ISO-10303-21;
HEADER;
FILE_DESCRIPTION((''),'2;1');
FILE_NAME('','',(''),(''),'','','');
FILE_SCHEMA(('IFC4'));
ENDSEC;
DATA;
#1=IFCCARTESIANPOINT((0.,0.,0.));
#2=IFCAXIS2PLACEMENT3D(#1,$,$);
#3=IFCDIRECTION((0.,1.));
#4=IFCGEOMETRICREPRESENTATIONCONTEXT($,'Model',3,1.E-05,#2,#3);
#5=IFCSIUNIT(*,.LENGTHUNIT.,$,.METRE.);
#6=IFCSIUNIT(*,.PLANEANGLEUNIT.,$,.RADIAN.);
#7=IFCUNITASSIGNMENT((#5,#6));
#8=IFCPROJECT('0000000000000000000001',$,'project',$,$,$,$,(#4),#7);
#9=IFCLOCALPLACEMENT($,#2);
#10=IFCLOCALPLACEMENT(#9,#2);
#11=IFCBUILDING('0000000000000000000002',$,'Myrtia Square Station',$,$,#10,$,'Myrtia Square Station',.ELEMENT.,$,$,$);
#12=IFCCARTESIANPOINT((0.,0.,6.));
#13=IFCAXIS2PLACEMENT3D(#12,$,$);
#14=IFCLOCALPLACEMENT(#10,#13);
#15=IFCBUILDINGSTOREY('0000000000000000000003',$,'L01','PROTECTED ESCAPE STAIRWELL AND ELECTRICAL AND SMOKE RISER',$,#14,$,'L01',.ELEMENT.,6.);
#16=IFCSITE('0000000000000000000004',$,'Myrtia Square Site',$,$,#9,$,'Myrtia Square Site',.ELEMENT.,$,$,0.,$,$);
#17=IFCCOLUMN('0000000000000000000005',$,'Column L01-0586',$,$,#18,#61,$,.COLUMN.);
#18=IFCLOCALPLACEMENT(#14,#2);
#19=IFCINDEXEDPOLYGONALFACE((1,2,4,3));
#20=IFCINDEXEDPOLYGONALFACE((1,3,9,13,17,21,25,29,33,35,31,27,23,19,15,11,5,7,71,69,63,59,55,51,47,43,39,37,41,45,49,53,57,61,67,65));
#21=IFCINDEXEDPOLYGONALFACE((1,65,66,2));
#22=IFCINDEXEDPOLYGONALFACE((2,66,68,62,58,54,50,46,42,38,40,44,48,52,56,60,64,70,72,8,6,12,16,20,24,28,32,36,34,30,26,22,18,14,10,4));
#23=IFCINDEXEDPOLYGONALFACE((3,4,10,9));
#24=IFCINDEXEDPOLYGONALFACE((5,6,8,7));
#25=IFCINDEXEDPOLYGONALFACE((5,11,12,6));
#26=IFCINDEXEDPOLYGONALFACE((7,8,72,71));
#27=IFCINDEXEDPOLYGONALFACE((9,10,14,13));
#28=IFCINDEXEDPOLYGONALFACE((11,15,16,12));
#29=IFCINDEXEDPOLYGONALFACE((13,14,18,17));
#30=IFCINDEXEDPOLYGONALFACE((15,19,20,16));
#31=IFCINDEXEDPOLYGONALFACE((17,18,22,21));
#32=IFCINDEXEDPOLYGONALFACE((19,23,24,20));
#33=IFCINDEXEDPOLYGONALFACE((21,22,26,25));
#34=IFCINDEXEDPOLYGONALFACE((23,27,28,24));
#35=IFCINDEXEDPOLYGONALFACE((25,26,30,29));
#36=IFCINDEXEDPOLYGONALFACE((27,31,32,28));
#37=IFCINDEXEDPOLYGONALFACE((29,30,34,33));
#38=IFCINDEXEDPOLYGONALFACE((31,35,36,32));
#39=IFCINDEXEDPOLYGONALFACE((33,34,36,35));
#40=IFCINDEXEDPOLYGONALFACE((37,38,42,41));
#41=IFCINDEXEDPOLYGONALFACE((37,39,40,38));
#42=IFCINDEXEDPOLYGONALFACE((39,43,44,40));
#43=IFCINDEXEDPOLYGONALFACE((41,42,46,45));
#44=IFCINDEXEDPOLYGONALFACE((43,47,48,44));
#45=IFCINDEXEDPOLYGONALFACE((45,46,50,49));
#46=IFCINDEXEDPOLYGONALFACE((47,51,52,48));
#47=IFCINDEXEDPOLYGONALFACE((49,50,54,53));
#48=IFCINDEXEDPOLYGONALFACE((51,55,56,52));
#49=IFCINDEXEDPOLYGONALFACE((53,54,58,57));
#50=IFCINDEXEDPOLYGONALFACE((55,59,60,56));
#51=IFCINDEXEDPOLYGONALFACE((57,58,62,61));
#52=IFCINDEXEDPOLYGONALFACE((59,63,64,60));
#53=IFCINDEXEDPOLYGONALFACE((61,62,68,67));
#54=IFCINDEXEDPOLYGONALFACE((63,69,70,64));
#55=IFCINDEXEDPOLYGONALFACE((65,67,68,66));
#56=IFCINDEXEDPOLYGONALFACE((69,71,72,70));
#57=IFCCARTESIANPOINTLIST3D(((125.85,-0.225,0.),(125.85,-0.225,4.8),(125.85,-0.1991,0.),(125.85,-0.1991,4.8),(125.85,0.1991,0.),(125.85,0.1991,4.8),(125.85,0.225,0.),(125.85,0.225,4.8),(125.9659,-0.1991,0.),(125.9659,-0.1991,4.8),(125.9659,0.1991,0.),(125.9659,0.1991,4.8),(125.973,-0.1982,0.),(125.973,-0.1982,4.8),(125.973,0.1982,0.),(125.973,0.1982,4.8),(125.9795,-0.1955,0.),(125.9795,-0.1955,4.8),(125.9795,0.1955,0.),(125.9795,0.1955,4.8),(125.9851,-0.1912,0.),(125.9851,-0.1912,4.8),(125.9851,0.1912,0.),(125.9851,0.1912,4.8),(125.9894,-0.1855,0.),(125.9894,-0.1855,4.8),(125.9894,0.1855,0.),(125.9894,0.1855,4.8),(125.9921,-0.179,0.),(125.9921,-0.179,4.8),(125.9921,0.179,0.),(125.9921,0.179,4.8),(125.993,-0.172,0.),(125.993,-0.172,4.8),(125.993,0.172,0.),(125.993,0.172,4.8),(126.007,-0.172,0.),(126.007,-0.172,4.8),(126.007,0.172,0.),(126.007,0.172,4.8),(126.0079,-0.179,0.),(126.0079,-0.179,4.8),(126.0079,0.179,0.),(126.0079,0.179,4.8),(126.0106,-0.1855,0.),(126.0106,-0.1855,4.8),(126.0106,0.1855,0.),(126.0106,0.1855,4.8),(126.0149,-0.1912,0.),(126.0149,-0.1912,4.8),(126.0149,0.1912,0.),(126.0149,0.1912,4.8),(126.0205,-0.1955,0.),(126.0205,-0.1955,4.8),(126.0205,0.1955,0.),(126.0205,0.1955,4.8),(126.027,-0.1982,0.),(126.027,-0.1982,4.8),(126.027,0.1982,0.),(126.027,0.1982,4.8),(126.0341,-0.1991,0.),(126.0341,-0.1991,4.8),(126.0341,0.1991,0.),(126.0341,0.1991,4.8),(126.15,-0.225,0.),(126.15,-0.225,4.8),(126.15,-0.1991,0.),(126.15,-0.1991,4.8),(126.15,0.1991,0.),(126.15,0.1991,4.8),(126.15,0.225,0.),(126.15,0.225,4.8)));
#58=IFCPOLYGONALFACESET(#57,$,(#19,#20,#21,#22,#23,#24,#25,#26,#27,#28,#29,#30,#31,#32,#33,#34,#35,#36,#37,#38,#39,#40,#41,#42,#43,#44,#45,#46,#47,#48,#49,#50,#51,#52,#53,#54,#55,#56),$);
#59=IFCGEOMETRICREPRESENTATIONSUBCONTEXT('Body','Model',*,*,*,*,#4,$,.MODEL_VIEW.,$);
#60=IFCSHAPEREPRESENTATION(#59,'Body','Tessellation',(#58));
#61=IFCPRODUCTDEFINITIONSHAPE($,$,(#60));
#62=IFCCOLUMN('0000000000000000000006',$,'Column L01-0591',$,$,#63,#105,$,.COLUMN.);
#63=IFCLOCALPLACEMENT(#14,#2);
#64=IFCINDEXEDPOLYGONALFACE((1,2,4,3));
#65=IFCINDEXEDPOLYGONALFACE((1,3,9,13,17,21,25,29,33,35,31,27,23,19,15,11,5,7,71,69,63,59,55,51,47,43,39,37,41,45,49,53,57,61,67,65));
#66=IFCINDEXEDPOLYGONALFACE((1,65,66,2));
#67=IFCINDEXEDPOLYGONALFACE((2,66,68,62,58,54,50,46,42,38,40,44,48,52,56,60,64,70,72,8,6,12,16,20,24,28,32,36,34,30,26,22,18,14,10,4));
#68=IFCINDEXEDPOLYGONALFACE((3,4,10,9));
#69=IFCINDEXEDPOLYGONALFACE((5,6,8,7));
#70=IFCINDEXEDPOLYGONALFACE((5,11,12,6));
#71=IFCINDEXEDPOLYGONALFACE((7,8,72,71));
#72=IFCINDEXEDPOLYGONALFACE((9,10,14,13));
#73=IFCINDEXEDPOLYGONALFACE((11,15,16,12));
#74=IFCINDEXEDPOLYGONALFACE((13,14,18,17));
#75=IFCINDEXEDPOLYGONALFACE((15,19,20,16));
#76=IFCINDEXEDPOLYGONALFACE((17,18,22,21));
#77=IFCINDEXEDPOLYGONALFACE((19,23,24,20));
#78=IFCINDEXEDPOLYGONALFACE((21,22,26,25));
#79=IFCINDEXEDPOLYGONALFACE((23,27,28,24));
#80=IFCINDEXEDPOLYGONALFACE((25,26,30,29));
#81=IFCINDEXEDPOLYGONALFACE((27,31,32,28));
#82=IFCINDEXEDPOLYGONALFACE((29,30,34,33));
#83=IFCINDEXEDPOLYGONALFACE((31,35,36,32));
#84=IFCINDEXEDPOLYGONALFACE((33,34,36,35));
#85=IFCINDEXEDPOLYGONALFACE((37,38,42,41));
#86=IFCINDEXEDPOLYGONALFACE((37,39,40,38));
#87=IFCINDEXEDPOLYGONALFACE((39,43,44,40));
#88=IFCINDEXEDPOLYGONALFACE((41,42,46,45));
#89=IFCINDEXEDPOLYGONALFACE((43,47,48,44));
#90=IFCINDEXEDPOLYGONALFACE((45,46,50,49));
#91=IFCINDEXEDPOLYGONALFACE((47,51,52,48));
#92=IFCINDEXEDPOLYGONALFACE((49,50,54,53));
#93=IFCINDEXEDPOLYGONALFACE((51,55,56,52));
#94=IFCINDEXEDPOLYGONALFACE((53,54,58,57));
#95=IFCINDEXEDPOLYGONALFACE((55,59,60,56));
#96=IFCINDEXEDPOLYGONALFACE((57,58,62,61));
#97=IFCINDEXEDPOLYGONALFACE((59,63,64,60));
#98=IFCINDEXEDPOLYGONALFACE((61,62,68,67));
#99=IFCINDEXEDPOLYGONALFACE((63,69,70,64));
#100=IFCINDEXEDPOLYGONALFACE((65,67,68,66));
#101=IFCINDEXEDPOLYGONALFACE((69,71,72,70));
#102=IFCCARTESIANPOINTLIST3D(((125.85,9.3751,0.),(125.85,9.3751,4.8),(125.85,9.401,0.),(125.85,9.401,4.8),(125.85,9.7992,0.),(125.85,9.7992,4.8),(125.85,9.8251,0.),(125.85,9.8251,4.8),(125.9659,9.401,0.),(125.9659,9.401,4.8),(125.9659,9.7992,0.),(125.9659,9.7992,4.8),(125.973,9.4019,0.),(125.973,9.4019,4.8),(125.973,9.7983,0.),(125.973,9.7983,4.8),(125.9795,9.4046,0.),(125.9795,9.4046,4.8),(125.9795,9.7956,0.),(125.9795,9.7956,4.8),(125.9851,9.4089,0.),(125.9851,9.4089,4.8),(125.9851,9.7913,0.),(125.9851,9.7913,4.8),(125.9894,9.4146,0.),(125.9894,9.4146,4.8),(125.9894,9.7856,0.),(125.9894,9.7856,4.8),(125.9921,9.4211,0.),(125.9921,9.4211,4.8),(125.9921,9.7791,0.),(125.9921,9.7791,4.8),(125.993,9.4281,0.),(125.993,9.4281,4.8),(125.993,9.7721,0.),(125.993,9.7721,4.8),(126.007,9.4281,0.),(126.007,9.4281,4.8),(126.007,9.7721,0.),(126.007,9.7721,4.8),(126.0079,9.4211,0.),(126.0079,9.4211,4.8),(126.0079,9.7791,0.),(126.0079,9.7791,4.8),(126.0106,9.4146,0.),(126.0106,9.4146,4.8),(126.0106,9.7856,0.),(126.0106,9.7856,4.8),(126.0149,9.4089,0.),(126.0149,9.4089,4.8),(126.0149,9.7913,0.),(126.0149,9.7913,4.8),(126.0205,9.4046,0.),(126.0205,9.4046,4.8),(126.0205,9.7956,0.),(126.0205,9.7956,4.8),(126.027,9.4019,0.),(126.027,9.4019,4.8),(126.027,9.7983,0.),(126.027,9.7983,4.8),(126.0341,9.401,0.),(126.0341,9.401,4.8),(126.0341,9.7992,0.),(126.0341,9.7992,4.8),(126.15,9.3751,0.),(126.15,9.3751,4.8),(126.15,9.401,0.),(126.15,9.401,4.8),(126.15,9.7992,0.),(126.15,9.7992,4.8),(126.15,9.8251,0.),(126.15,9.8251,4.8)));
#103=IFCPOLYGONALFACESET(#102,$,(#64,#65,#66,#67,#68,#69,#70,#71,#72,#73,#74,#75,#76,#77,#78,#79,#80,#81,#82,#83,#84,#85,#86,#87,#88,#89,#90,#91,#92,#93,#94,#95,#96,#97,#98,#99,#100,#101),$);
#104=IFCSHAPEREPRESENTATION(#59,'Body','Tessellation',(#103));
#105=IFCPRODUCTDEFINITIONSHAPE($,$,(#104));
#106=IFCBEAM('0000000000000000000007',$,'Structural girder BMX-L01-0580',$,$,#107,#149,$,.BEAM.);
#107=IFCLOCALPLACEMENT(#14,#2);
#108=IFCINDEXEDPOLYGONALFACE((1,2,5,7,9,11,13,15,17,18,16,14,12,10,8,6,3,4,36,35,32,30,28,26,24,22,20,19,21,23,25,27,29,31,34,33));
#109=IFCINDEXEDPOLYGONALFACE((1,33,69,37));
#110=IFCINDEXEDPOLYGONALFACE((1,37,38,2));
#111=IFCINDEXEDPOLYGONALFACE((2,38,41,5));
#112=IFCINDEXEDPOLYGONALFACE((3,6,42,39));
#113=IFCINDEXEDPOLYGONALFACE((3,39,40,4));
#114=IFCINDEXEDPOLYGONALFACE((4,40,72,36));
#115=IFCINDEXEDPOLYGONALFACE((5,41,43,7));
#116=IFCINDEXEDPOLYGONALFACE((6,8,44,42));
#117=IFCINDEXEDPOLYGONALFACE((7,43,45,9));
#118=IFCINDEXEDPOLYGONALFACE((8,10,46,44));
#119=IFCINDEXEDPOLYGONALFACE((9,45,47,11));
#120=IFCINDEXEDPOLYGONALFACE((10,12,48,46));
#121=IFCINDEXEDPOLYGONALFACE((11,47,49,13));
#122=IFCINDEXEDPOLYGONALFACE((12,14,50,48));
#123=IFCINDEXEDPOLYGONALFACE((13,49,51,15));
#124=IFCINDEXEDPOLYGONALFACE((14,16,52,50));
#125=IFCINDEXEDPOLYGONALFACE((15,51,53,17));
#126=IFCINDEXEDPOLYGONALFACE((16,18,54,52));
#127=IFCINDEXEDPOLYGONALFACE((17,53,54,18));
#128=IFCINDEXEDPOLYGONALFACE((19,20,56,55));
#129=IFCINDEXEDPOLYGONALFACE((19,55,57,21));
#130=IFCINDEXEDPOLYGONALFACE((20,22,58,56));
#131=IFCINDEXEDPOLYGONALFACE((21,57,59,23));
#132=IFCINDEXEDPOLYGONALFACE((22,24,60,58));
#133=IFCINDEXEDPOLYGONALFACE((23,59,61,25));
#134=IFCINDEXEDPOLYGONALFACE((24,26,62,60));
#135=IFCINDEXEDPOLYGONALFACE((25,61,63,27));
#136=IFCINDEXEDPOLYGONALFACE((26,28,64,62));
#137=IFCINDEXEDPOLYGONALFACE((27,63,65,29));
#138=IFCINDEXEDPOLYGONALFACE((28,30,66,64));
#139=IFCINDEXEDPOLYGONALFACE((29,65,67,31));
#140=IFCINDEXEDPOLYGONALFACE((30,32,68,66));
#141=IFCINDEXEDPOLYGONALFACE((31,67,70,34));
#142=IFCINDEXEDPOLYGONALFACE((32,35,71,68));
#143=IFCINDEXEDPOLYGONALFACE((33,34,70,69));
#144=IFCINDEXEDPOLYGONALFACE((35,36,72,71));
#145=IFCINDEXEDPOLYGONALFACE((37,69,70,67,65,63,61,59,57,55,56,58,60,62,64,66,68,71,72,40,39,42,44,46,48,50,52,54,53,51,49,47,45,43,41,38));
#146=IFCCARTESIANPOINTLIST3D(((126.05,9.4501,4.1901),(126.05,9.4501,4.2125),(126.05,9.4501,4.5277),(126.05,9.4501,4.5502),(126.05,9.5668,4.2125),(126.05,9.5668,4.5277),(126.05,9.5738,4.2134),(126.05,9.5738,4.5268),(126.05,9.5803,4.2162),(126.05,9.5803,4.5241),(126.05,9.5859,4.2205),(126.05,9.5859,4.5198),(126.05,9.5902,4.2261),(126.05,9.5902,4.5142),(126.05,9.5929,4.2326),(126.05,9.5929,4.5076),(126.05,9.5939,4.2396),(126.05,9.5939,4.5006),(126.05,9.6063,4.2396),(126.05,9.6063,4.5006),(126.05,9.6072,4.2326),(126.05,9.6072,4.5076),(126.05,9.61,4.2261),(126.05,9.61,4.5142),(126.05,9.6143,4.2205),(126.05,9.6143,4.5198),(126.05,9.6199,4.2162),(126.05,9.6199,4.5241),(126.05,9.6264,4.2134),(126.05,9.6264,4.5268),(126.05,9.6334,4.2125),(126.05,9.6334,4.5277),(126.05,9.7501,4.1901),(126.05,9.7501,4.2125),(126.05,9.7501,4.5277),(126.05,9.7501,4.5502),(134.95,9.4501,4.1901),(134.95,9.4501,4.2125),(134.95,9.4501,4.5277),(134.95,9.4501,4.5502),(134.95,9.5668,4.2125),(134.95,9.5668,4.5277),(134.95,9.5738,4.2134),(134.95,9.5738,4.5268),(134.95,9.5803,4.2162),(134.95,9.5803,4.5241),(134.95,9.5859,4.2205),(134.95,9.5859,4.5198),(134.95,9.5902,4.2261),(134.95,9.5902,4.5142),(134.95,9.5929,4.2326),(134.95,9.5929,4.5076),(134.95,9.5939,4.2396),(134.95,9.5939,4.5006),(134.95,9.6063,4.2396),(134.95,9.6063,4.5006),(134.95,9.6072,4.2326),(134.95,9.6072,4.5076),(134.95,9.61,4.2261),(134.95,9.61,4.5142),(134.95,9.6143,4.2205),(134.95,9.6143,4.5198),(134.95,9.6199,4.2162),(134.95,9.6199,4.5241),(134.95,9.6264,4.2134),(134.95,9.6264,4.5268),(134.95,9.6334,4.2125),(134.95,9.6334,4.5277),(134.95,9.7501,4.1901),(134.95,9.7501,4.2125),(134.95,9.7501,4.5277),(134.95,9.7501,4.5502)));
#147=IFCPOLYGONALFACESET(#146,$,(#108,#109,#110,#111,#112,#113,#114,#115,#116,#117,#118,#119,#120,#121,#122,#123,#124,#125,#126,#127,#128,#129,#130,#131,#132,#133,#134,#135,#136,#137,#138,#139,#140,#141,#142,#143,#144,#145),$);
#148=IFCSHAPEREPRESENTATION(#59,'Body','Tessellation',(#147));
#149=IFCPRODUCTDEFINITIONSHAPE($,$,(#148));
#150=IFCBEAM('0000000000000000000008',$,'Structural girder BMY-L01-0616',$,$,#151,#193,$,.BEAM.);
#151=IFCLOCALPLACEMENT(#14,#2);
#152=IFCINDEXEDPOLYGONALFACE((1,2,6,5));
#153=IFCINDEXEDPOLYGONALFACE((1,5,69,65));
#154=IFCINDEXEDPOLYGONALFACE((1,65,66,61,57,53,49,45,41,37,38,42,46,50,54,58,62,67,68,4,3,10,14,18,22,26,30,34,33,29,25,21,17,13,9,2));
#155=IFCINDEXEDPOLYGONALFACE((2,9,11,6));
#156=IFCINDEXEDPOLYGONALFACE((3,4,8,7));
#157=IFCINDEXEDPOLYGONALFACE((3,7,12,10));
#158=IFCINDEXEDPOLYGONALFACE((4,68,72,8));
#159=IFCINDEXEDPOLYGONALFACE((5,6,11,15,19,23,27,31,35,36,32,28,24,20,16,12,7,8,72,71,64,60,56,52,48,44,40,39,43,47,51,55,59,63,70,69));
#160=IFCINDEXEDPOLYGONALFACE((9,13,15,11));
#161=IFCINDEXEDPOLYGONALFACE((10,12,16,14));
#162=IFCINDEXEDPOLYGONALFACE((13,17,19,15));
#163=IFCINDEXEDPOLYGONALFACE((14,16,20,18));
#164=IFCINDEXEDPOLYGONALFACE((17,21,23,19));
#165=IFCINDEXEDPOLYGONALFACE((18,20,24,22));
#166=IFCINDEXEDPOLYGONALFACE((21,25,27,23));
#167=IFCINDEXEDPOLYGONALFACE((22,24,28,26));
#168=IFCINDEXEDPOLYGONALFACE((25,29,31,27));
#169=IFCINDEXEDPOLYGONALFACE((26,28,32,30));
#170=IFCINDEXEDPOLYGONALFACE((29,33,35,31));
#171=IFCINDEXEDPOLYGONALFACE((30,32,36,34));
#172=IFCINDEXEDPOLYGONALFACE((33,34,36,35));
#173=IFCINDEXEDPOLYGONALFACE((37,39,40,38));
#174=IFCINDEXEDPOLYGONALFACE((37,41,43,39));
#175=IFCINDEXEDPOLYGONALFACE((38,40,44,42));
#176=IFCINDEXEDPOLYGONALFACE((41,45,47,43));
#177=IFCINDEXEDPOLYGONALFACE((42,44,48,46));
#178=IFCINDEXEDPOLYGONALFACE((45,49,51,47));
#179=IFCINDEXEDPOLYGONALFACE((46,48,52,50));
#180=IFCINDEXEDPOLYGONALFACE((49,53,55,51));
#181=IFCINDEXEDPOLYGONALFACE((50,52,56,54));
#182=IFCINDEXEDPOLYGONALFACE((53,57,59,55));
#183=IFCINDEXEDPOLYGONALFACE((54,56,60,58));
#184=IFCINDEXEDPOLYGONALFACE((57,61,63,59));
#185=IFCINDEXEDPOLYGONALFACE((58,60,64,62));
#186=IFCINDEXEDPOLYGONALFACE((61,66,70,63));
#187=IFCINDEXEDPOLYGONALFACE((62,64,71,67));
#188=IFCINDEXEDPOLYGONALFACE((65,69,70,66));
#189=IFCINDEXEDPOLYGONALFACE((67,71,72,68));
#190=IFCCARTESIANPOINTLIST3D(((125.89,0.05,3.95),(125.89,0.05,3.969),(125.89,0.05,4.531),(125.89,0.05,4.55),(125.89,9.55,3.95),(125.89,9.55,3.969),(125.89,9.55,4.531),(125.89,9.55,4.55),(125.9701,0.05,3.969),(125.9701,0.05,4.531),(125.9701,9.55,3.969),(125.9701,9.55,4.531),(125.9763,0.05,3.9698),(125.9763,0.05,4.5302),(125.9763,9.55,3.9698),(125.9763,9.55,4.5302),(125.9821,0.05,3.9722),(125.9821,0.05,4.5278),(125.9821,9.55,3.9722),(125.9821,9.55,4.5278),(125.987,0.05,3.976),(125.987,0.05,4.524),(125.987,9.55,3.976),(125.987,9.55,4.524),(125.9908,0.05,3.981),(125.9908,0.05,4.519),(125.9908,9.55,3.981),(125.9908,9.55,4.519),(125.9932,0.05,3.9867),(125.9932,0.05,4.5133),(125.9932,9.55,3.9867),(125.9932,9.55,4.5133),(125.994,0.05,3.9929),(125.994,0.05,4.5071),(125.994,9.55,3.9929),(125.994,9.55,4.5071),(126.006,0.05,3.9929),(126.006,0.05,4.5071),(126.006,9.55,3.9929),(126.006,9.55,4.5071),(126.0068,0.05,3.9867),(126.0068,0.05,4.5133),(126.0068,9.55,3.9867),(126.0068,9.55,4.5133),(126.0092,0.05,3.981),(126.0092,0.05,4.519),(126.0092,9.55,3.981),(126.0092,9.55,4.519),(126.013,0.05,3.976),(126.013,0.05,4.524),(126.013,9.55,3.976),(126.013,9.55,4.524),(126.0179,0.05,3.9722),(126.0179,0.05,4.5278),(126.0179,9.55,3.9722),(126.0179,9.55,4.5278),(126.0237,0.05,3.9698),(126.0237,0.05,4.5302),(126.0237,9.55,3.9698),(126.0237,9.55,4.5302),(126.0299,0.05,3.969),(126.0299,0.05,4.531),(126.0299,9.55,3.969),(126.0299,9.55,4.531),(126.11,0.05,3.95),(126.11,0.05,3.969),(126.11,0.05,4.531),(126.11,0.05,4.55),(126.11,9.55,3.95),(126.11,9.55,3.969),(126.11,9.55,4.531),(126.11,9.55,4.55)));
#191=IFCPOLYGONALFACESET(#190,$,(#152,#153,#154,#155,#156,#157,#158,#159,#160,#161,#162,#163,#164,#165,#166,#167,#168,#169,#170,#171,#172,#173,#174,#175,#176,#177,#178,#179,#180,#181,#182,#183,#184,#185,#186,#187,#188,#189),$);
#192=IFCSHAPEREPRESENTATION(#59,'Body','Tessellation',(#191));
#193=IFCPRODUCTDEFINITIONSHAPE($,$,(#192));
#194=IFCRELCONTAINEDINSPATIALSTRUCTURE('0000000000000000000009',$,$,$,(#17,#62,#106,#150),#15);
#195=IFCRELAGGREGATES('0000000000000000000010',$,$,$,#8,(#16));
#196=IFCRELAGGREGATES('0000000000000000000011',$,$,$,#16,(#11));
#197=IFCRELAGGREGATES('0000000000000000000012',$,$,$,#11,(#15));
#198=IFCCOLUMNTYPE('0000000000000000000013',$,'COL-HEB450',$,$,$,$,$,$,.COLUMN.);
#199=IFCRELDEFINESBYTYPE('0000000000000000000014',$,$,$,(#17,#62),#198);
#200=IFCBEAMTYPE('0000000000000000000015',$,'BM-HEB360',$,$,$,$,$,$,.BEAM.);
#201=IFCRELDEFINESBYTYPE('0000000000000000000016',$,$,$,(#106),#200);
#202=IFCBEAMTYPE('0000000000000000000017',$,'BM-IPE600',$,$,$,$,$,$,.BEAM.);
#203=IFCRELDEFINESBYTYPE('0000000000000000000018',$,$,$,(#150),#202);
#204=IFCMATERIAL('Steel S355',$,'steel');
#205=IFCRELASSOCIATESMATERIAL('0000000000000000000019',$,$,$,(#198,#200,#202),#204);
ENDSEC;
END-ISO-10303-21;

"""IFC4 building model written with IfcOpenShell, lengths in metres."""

from ifc_helpers import new_model, si_unit, direction, frame, origin, origin_2d, place, context, subcontext, project, spatial, i_section, extrude, material, material_profile, profile_set, type_object, element, save


model = new_model("IFC4")

# Units and contexts
model_context = context("Model", 3, precision=1e-05, world=origin(), true_north=direction((0.0, 1.0)))
body_context = subcontext(model_context, "Body", "Model", "MODEL_VIEW")
ifc_project = project(units=[si_unit("LENGTHUNIT", "METRE"), si_unit("PLANEANGLEUNIT", "RADIAN")], contexts=[model_context])

# Site, building, storey
site_placement = place(None, origin())
site = spatial("IfcSite", under=ifc_project, at=site_placement, Name="Myrtia Square Site", LongName="Myrtia Square Site", CompositionType="ELEMENT", RefElevation=0.0)
building_placement = place(site_placement, origin())
building = spatial("IfcBuilding", under=site, at=building_placement, Name="Myrtia Square Station", LongName="Myrtia Square Station", CompositionType="ELEMENT")
storey_placement = place(building_placement, frame((0.0, 0.0, 6.0)))
storey = spatial("IfcBuildingStorey", under=building, at=storey_placement, Name="L01", Description="PROTECTED ESCAPE STAIRWELL AND ELECTRICAL AND SMOKE RISER", LongName="L01", CompositionType="ELEMENT", Elevation=6.0)

# Columns
ifc_material_1 = material(Name="Steel S355", Category="steel")
ifc_material_profile_1 = material_profile(ifc_material_1, i_section(OverallWidth=0.3, OverallDepth=0.45, WebThickness=0.0139, FlangeThickness=0.0259, FilletRadius=0.0271, at=origin_2d()), Name="HEB 450")
ifc_profile_set_1 = profile_set([ifc_material_profile_1], Name="Steel S355")
column_type = type_object("IfcColumnType", Name="COL-HEB450", PredefinedType="COLUMN", material=ifc_profile_set_1)
for number, where, z_axis, x_axis, name in (
    (1, (126.0, 0.0, 0.0), (0.0, 0.0, 1.0), (1.0, 0.0, 0.0), "Column L01-0586"),
    (2, (126.0, 9.6001, 0.0), (0.0, 0.0, 1.0), (1.0, 0.0, 0.0), "Column L01-0591"),
):
    element("IfcColumn", number, at=place(storey_placement, frame(where, z_axis=z_axis, x_axis=x_axis)), inside=storey, type_object=column_type, Name=name, PredefinedType="COLUMN", context=body_context, shape_type="SweptSolid", body=[
        extrude(i_section(OverallWidth=0.3, OverallDepth=0.45, WebThickness=0.0139, FlangeThickness=0.0259, FilletRadius=0.0271, at=origin_2d()), origin(), (0.0, 0.0, 1.0), 4.8),
    ])

# Beams
ifc_material_profile_2 = material_profile(ifc_material_1, i_section(OverallWidth=0.3, OverallDepth=0.3601, WebThickness=0.0125, FlangeThickness=0.0225, FilletRadius=0.0271, at=origin_2d()), Name="HEB 360")
ifc_profile_set_2 = profile_set([ifc_material_profile_2], Name="Steel S355")
beam_type_1 = type_object("IfcBeamType", Name="BM-HEB360", PredefinedType="BEAM", material=ifc_profile_set_2)
beam_1_placement = place(storey_placement, frame((126.05, 9.6001, 4.3701), z_axis=(1.0, 0.0, 0.0), x_axis=(0.0, 1.0, 0.0)))
element("IfcBeam", 3, at=beam_1_placement, inside=storey, type_object=beam_type_1, Name="Structural girder BMX-L01-0580", PredefinedType="BEAM", context=body_context, shape_type="SweptSolid", body=[
    extrude(i_section(OverallWidth=0.3, OverallDepth=0.3601, WebThickness=0.0125, FlangeThickness=0.0225, FilletRadius=0.0271, at=origin_2d()), origin(), (0.0, 0.0, 1.0), 8.8999),
])
ifc_material_profile_3 = material_profile(ifc_material_1, i_section(OverallWidth=0.22, OverallDepth=0.6001, WebThickness=0.012, FlangeThickness=0.019, FilletRadius=0.0239, at=origin_2d()), Name="IPE 600")
ifc_profile_set_3 = profile_set([ifc_material_profile_3], Name="Steel S355")
beam_type_2 = type_object("IfcBeamType", Name="BM-IPE600", PredefinedType="BEAM", material=ifc_profile_set_3)
for number, where, z_axis, x_axis, name in (
    (4, (126.0, 0.05, 4.25), (0.0, 1.0, 0.0), (-1.0, 0.0, 0.0), "Structural girder BMY-L01-0616"),
):
    element("IfcBeam", number, at=place(storey_placement, frame(where, z_axis=z_axis, x_axis=x_axis)), inside=storey, type_object=beam_type_2, Name=name, PredefinedType="BEAM", context=body_context, shape_type="SweptSolid", body=[
        extrude(i_section(OverallWidth=0.22, OverallDepth=0.6001, WebThickness=0.012, FlangeThickness=0.019, FilletRadius=0.0239, at=origin_2d()), origin(), (0.0, 0.0, 1.0), 9.5),
    ])

save(model, "model.ifc")
